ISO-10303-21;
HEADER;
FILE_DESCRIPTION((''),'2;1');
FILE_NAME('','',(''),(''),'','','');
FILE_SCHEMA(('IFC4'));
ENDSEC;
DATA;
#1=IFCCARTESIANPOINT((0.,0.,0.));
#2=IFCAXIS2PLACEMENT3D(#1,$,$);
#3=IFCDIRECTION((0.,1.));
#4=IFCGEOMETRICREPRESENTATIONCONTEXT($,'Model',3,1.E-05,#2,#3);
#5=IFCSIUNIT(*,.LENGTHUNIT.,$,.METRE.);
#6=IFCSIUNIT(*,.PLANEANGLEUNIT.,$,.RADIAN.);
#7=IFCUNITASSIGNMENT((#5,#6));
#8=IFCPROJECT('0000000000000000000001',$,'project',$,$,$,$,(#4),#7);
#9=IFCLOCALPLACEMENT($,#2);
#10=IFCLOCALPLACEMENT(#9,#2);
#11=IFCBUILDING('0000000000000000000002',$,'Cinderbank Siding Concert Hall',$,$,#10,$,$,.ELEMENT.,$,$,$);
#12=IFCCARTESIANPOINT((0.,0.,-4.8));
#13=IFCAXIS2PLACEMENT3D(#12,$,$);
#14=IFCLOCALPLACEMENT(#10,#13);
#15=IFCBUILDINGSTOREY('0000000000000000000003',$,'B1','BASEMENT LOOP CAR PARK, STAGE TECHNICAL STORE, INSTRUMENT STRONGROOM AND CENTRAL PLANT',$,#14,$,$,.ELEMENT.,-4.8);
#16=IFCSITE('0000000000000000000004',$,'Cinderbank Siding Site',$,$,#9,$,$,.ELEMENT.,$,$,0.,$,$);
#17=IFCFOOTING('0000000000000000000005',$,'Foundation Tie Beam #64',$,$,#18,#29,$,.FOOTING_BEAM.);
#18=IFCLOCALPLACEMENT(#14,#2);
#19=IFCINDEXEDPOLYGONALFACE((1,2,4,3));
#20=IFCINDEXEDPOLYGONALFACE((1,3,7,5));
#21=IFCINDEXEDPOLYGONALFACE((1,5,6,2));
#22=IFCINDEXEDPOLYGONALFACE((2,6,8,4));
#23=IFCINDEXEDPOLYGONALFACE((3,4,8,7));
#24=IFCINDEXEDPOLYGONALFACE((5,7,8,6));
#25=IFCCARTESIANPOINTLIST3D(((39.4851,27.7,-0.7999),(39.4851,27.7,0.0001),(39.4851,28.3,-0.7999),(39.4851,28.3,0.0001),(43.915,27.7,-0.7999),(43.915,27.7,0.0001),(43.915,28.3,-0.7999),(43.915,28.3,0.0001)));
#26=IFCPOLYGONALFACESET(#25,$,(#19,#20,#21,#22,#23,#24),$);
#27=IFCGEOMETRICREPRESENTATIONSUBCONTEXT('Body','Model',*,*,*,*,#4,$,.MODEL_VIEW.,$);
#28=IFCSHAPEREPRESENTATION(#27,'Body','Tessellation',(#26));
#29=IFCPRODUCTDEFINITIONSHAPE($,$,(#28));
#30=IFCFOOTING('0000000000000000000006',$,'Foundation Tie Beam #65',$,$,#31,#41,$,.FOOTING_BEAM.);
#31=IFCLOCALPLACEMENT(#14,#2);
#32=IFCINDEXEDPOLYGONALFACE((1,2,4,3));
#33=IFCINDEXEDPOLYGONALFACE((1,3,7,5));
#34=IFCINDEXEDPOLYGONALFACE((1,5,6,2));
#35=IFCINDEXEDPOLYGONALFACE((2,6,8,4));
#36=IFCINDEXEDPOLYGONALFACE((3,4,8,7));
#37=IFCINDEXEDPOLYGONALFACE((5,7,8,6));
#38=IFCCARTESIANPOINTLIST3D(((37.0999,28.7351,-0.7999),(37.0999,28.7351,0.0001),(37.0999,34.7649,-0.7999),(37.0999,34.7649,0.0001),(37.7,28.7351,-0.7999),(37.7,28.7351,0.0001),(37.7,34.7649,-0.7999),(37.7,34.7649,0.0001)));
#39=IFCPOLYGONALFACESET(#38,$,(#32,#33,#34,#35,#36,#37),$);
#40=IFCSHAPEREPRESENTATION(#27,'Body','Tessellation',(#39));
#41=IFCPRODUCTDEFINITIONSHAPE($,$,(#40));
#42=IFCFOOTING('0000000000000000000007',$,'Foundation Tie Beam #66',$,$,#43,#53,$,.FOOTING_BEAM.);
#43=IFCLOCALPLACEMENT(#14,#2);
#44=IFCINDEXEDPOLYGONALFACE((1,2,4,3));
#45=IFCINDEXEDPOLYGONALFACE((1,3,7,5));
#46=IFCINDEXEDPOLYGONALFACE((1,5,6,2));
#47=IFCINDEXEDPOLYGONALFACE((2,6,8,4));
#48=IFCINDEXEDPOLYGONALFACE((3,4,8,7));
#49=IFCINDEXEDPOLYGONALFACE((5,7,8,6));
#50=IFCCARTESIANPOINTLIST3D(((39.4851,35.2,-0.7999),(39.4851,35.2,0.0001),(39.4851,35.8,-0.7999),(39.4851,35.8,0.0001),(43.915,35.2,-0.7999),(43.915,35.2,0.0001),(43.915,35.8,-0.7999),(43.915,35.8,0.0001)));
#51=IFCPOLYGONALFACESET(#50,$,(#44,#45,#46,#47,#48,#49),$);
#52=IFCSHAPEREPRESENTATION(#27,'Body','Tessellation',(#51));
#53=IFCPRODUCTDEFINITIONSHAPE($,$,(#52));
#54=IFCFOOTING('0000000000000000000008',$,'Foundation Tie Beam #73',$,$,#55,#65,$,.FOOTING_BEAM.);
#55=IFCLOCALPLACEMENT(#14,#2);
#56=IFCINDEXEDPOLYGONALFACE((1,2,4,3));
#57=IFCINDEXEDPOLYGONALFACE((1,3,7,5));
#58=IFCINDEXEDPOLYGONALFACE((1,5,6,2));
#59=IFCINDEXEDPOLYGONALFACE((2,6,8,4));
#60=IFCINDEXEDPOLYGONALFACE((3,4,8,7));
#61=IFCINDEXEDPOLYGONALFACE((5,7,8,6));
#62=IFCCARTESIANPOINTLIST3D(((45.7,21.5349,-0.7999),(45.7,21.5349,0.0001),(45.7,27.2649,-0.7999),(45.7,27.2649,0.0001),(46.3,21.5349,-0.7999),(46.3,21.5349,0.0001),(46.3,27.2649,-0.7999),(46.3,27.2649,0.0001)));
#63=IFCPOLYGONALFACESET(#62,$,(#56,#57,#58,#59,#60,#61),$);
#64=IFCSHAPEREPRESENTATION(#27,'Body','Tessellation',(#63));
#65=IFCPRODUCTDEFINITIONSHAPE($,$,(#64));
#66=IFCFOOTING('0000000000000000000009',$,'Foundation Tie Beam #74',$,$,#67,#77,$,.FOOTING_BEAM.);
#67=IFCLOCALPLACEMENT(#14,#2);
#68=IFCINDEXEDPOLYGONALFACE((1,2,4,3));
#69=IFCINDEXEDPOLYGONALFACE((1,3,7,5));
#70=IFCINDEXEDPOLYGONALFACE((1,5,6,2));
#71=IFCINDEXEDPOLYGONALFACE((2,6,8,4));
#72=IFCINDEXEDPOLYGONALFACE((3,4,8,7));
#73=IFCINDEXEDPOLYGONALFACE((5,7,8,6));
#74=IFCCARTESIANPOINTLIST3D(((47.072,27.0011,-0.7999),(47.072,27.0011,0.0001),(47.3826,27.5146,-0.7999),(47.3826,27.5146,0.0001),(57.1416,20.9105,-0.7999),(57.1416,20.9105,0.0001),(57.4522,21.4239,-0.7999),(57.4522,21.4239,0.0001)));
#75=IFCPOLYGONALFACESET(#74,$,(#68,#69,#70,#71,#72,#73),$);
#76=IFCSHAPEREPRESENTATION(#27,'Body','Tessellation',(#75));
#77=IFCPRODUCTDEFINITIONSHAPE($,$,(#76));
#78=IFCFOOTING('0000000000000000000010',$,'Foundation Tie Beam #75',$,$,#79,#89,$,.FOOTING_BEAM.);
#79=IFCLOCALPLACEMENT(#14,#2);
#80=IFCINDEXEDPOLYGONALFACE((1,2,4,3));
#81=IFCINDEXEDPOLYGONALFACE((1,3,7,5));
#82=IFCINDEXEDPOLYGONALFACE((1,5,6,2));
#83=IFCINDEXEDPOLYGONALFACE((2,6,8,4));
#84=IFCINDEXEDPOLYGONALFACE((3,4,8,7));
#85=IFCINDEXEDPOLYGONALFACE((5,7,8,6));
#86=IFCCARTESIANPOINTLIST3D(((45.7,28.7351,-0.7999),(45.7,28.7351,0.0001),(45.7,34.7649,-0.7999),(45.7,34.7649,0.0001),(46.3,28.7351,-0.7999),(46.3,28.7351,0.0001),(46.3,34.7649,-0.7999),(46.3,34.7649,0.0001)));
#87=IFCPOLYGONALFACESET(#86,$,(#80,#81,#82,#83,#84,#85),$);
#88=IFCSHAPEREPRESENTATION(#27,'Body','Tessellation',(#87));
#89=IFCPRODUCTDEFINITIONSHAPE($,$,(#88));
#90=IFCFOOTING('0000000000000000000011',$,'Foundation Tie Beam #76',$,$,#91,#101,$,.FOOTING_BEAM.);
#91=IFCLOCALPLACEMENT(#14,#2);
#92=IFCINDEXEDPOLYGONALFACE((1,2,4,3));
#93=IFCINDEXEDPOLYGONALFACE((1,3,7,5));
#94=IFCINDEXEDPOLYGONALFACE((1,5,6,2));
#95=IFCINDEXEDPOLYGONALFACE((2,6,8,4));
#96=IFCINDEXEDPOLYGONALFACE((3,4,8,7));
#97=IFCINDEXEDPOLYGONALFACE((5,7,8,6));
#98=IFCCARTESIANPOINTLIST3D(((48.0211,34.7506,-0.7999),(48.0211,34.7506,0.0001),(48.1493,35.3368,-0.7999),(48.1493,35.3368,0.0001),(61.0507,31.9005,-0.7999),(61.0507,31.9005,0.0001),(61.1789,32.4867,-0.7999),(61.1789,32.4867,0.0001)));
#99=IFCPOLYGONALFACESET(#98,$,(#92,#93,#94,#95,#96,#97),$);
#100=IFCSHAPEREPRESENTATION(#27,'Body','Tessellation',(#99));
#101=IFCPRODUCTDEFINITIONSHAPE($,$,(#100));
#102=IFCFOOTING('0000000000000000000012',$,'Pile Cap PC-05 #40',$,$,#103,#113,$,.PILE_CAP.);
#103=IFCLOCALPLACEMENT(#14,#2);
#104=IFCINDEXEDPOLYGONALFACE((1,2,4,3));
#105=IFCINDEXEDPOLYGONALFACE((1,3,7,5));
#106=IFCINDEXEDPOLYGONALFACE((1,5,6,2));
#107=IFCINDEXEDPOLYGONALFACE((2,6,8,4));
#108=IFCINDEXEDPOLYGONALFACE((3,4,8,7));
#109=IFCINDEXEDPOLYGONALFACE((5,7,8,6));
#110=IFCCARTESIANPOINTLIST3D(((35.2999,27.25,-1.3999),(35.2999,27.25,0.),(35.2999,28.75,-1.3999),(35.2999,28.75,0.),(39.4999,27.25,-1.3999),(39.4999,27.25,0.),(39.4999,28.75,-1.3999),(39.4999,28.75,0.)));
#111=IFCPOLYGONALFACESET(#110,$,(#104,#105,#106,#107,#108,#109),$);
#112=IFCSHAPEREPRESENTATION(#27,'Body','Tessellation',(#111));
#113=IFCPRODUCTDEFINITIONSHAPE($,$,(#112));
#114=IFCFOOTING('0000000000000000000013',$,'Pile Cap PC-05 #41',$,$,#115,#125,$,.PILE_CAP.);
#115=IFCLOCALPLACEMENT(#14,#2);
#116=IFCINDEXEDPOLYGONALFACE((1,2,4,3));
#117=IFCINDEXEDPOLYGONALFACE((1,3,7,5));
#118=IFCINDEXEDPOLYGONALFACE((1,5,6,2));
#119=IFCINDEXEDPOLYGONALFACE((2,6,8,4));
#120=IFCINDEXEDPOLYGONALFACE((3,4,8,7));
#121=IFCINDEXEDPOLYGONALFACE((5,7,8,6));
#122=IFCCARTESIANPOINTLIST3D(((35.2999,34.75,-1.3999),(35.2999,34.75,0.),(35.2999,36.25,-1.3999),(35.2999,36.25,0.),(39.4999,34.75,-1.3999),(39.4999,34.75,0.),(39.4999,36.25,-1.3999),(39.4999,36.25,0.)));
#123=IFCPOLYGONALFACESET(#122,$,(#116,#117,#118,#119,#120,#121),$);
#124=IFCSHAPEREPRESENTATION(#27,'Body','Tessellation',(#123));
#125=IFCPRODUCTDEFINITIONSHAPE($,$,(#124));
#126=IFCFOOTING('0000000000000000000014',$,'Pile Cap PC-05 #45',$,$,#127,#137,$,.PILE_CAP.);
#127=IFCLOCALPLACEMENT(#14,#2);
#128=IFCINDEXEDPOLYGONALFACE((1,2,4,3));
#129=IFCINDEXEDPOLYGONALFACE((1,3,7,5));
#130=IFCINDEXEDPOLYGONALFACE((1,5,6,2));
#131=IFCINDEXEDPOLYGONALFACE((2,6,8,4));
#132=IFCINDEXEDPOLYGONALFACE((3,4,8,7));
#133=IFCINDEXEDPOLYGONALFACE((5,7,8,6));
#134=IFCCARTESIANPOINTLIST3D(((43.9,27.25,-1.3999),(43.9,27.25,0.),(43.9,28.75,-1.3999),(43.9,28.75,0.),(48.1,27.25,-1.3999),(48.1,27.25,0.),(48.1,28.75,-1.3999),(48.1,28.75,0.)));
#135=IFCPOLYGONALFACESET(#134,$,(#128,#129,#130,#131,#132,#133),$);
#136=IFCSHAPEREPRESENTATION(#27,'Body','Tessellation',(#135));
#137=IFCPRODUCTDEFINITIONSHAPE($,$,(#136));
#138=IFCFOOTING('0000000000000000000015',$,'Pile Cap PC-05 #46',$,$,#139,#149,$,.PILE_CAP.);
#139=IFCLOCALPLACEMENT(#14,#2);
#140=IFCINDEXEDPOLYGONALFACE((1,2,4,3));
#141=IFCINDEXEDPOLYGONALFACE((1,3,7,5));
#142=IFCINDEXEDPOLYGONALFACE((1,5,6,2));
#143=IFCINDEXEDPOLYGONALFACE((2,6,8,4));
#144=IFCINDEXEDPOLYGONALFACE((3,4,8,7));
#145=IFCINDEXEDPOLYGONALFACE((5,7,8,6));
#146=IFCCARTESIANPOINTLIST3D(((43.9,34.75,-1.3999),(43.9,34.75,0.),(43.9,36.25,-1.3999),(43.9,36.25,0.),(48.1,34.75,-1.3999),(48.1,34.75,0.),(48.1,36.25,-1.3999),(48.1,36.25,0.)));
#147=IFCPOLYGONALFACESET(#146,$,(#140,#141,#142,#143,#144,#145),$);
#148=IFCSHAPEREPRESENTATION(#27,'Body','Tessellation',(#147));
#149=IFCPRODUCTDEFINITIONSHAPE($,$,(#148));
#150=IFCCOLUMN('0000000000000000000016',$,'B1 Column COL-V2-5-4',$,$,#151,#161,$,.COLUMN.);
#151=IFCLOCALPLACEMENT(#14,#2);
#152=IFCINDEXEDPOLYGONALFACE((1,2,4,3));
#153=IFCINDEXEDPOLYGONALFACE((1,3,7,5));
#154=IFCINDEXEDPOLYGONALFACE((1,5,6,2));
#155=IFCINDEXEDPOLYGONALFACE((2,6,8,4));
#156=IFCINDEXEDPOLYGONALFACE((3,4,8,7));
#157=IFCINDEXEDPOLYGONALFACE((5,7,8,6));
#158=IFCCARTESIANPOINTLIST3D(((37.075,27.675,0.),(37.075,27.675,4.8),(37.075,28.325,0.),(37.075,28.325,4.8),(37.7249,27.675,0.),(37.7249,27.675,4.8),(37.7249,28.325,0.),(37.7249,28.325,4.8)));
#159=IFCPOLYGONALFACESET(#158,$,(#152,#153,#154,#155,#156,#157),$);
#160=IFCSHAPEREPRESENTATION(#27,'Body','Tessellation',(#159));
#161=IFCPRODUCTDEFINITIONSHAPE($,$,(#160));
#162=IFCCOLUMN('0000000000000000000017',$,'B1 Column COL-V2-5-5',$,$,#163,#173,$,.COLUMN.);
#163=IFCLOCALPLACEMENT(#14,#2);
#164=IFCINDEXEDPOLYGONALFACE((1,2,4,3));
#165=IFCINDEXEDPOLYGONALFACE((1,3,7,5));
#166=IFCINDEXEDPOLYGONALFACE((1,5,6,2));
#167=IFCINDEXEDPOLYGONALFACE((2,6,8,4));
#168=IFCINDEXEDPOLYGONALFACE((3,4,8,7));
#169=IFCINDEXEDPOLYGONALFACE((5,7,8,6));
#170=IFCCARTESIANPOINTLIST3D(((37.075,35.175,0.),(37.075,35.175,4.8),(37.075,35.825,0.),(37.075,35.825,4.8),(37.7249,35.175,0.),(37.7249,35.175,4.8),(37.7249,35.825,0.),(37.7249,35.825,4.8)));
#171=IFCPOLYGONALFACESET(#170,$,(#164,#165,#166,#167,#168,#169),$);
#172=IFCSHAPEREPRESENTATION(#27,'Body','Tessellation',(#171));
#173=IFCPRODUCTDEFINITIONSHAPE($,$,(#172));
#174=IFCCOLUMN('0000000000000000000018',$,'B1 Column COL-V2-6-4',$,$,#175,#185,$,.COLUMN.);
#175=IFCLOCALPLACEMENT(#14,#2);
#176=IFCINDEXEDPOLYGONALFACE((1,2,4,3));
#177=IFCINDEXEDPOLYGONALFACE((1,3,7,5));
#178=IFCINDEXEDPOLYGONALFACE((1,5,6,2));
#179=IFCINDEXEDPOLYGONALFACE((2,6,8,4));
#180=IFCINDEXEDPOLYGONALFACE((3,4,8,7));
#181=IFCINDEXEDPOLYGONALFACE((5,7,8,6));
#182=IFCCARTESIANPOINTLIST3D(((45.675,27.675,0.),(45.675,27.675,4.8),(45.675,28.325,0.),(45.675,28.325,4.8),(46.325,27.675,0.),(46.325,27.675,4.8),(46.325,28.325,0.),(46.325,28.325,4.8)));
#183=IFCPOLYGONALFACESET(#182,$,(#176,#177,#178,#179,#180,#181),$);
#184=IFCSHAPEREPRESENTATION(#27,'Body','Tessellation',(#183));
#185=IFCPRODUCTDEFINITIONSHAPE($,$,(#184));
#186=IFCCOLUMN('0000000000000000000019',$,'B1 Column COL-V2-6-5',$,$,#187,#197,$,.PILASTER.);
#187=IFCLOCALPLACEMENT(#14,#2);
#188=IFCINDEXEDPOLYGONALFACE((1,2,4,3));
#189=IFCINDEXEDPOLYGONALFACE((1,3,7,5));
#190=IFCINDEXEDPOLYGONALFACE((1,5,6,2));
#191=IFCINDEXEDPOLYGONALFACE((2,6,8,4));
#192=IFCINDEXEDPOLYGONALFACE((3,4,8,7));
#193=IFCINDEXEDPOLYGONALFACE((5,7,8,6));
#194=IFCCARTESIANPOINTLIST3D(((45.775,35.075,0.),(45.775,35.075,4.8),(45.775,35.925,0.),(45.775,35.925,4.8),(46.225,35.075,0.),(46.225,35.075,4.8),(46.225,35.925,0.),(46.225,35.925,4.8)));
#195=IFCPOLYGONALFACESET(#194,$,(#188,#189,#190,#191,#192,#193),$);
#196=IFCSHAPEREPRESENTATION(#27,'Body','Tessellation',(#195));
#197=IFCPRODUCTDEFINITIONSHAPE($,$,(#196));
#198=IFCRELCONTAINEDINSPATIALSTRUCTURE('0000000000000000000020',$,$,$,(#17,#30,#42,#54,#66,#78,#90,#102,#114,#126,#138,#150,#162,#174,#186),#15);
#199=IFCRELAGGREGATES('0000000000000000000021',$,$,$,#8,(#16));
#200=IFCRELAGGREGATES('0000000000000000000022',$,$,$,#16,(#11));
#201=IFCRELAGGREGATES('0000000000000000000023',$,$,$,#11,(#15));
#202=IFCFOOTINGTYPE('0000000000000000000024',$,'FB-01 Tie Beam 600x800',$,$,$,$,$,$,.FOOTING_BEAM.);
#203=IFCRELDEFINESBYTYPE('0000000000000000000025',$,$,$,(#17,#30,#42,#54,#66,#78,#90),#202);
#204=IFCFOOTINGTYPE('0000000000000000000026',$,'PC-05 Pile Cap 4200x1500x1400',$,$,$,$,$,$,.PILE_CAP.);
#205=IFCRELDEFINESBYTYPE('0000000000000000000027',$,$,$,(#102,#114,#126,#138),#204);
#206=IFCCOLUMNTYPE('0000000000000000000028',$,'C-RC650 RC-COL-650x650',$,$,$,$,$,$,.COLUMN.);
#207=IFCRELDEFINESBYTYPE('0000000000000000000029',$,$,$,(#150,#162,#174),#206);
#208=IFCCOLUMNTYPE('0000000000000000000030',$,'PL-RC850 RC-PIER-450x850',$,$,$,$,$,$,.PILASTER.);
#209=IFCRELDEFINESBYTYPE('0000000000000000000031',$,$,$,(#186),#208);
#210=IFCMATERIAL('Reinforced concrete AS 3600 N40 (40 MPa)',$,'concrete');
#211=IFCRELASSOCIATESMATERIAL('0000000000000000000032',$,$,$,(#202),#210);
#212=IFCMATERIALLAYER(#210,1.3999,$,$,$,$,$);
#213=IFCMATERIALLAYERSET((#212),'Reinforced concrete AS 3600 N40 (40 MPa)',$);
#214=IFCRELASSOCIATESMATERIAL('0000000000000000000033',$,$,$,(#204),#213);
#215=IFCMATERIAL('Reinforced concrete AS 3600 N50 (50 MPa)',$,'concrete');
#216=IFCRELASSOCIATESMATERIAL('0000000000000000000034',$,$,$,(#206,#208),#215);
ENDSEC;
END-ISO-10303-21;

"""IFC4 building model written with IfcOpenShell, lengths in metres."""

from ifc_helpers import new_model, si_unit, direction, frame, origin, origin_2d, place, context, subcontext, project, spatial, rectangle, extrude, material, layer, layer_set, material_profile, profile_set, type_object, element, save


model = new_model("IFC4")

# Units and contexts
model_context = context("Model", 3, precision=1e-05, world=origin(), true_north=direction((0.0, 1.0)))
body_context = subcontext(model_context, "Body", "Model", "MODEL_VIEW")
ifc_project = project(units=[si_unit("LENGTHUNIT", "METRE"), si_unit("PLANEANGLEUNIT", "RADIAN")], contexts=[model_context])

# Site, building, storey
site_placement = place(None, origin())
site = spatial("IfcSite", under=ifc_project, at=site_placement, Name="Cinderbank Siding Site", CompositionType="ELEMENT", RefElevation=0.0)
building_placement = place(site_placement, origin())
building = spatial("IfcBuilding", under=site, at=building_placement, Name="Cinderbank Siding Concert Hall", CompositionType="ELEMENT")
storey_placement = place(building_placement, frame((0.0, 0.0, -4.8)))
storey = spatial("IfcBuildingStorey", under=building, at=storey_placement, Name="B1", Description="BASEMENT LOOP CAR PARK, STAGE TECHNICAL STORE, INSTRUMENT STRONGROOM AND CENTRAL PLANT", CompositionType="ELEMENT", Elevation=-4.8)

# Shared definitions
ifc_material_1 = material(Name="Reinforced concrete AS 3600 N40 (40 MPa)", Category="concrete")

# Footings
ifc_material_profile_1 = material_profile(ifc_material_1, rectangle(XDim=0.6001, YDim=0.8, at=origin_2d()), Name="RC-FB-600x800", Category="LoadBearing")
ifc_profile_set_1 = profile_set([ifc_material_profile_1], Name="Reinforced concrete AS 3600 N40 (40 MPa)")
footing_type_1 = type_object("IfcFootingType", Name="FB-01 Tie Beam 600x800", PredefinedType="FOOTING_BEAM", material=ifc_profile_set_1)
footing_1_placement = place(storey_placement, frame((39.4851, 28.0, -0.3999), z_axis=(1.0, 0.0, 0.0), x_axis=(0.0, 1.0, 0.0)))
element("IfcFooting", 1, at=footing_1_placement, inside=storey, type_object=footing_type_1, Name="Foundation Tie Beam #64", PredefinedType="FOOTING_BEAM", context=body_context, shape_type="SweptSolid", body=[
    extrude(rectangle(XDim=0.6001, YDim=0.8, at=origin_2d()), origin(), (0.0, 0.0, 1.0), 4.4299),
])
footing_2_placement = place(storey_placement, frame((37.3999, 28.7351, -0.3999), z_axis=(0.0, 1.0, 0.0), x_axis=(-1.0, 0.0, 0.0)))
element("IfcFooting", 2, at=footing_2_placement, inside=storey, type_object=footing_type_1, Name="Foundation Tie Beam #65", PredefinedType="FOOTING_BEAM", context=body_context, shape_type="SweptSolid", body=[
    extrude(rectangle(XDim=0.6001, YDim=0.8, at=origin_2d()), origin(), (0.0, 0.0, 1.0), 6.0298),
])
footing_3_placement = place(storey_placement, frame((39.4851, 35.5, -0.3999), z_axis=(1.0, 0.0, 0.0), x_axis=(0.0, 1.0, 0.0)))
element("IfcFooting", 3, at=footing_3_placement, inside=storey, type_object=footing_type_1, Name="Foundation Tie Beam #66", PredefinedType="FOOTING_BEAM", context=body_context, shape_type="SweptSolid", body=[
    extrude(rectangle(XDim=0.6001, YDim=0.8, at=origin_2d()), origin(), (0.0, 0.0, 1.0), 4.4299),
])
footing_4_placement = place(storey_placement, frame((46.0, 21.5349, -0.3999), z_axis=(0.0, 1.0, 0.0), x_axis=(-1.0, 0.0, 0.0)))
element("IfcFooting", 4, at=footing_4_placement, inside=storey, type_object=footing_type_1, Name="Foundation Tie Beam #73", PredefinedType="FOOTING_BEAM", context=body_context, shape_type="SweptSolid", body=[
    extrude(rectangle(XDim=0.6001, YDim=0.8, at=origin_2d()), origin(), (0.0, 0.0, 1.0), 5.73),
])
footing_5_placement = place(storey_placement, frame((47.2273, 27.2578, -0.3999), z_axis=(0.855657, -0.517543, 0.0), x_axis=(0.517543, 0.855657, 0.0)))
element("IfcFooting", 5, at=footing_5_placement, inside=storey, type_object=footing_type_1, Name="Foundation Tie Beam #74", PredefinedType="FOOTING_BEAM", context=body_context, shape_type="SweptSolid", body=[
    extrude(rectangle(XDim=0.6001, YDim=0.8, at=origin_2d()), origin(), (0.0, 0.0, 1.0), 11.7683),
])
footing_6_placement = place(storey_placement, frame((46.0, 28.7351, -0.3999), z_axis=(0.0, 1.0, 0.0), x_axis=(-1.0, 0.0, 0.0)))
element("IfcFooting", 6, at=footing_6_placement, inside=storey, type_object=footing_type_1, Name="Foundation Tie Beam #75", PredefinedType="FOOTING_BEAM", context=body_context, shape_type="SweptSolid", body=[
    extrude(rectangle(XDim=0.6001, YDim=0.8, at=origin_2d()), origin(), (0.0, 0.0, 1.0), 6.0298),
])
footing_7_placement = place(storey_placement, frame((48.0852, 35.0437, -0.3999), z_axis=(0.976902, -0.213689, 0.0), x_axis=(0.213689, 0.976902, 0.0)))
element("IfcFooting", 7, at=footing_7_placement, inside=storey, type_object=footing_type_1, Name="Foundation Tie Beam #76", PredefinedType="FOOTING_BEAM", context=body_context, shape_type="SweptSolid", body=[
    extrude(rectangle(XDim=0.6001, YDim=0.8, at=origin_2d()), origin(), (0.0, 0.0, 1.0), 13.3376),
])
ifc_layer = layer(ifc_material_1, 1.3999)
ifc_layer_set = layer_set([ifc_layer], Name="Reinforced concrete AS 3600 N40 (40 MPa)")
footing_type_2 = type_object("IfcFootingType", Name="PC-05 Pile Cap 4200x1500x1400", PredefinedType="PILE_CAP", material=ifc_layer_set)
for number, where, z_axis, x_axis, name in (
    (8, (37.3999, 28.0, -1.3999), (0.0, 0.0, 1.0), (1.0, 0.0, 0.0), "Pile Cap PC-05 #40"),
    (9, (37.3999, 35.5, -1.3999), (0.0, 0.0, 1.0), (1.0, 0.0, 0.0), "Pile Cap PC-05 #41"),
    (10, (46.0, 28.0, -1.3999), (0.0, 0.0, 1.0), (1.0, 0.0, 0.0), "Pile Cap PC-05 #45"),
    (11, (46.0, 35.5, -1.3999), (0.0, 0.0, 1.0), (1.0, 0.0, 0.0), "Pile Cap PC-05 #46"),
):
    element("IfcFooting", number, at=place(storey_placement, frame(where, z_axis=z_axis, x_axis=x_axis)), inside=storey, type_object=footing_type_2, Name=name, PredefinedType="PILE_CAP", context=body_context, shape_type="SweptSolid", body=[
        extrude(rectangle(XDim=4.2, YDim=1.5, at=origin_2d()), origin(), (0.0, 0.0, 1.0), 1.3999),
    ])

# Columns
ifc_material_2 = material(Name="Reinforced concrete AS 3600 N50 (50 MPa)", Category="concrete")
ifc_material_profile_2 = material_profile(ifc_material_2, rectangle(XDim=0.6499, YDim=0.6499, at=origin_2d()), Name="RC-COL-650x650", Category="LoadBearing")
ifc_profile_set_2 = profile_set([ifc_material_profile_2], Name="Reinforced concrete AS 3600 N50 (50 MPa)")
column_type_1 = type_object("IfcColumnType", Name="C-RC650 RC-COL-650x650", PredefinedType="COLUMN", material=ifc_profile_set_2)
for number, where, z_axis, x_axis, name in (
    (12, (37.3999, 28.0, 0.0), (0.0, 0.0, 1.0), (1.0, 0.0, 0.0), "B1 Column COL-V2-5-4"),
    (13, (37.3999, 35.5, 0.0), (0.0, 0.0, 1.0), (1.0, 0.0, 0.0), "B1 Column COL-V2-5-5"),
    (14, (46.0, 28.0, 0.0), (0.0, 0.0, 1.0), (1.0, 0.0, 0.0), "B1 Column COL-V2-6-4"),
):
    element("IfcColumn", number, at=place(storey_placement, frame(where, z_axis=z_axis, x_axis=x_axis)), inside=storey, type_object=column_type_1, Name=name, PredefinedType="COLUMN", context=body_context, shape_type="SweptSolid", body=[
        extrude(rectangle(XDim=0.6499, YDim=0.6499, at=origin_2d()), origin(), (0.0, 0.0, 1.0), 4.8),
    ])
ifc_material_profile_3 = material_profile(ifc_material_2, rectangle(XDim=0.45, YDim=0.8501, at=origin_2d()), Name="RC-PIER-450x850", Category="LoadBearing")
ifc_profile_set_3 = profile_set([ifc_material_profile_3], Name="Reinforced concrete AS 3600 N50 (50 MPa)")
column_type_2 = type_object("IfcColumnType", Name="PL-RC850 RC-PIER-450x850", PredefinedType="PILASTER", material=ifc_profile_set_3)
column_placement = place(storey_placement, frame((46.0, 35.5, 0.0), z_axis=(0.0, 0.0, 1.0), x_axis=(1.0, 0.0, 0.0)))
element("IfcColumn", 15, at=column_placement, inside=storey, type_object=column_type_2, Name="B1 Column COL-V2-6-5", PredefinedType="PILASTER", context=body_context, shape_type="SweptSolid", body=[
    extrude(rectangle(XDim=0.45, YDim=0.8501, at=origin_2d()), origin(), (0.0, 0.0, 1.0), 4.8),
])

save(model, "model.ifc")
